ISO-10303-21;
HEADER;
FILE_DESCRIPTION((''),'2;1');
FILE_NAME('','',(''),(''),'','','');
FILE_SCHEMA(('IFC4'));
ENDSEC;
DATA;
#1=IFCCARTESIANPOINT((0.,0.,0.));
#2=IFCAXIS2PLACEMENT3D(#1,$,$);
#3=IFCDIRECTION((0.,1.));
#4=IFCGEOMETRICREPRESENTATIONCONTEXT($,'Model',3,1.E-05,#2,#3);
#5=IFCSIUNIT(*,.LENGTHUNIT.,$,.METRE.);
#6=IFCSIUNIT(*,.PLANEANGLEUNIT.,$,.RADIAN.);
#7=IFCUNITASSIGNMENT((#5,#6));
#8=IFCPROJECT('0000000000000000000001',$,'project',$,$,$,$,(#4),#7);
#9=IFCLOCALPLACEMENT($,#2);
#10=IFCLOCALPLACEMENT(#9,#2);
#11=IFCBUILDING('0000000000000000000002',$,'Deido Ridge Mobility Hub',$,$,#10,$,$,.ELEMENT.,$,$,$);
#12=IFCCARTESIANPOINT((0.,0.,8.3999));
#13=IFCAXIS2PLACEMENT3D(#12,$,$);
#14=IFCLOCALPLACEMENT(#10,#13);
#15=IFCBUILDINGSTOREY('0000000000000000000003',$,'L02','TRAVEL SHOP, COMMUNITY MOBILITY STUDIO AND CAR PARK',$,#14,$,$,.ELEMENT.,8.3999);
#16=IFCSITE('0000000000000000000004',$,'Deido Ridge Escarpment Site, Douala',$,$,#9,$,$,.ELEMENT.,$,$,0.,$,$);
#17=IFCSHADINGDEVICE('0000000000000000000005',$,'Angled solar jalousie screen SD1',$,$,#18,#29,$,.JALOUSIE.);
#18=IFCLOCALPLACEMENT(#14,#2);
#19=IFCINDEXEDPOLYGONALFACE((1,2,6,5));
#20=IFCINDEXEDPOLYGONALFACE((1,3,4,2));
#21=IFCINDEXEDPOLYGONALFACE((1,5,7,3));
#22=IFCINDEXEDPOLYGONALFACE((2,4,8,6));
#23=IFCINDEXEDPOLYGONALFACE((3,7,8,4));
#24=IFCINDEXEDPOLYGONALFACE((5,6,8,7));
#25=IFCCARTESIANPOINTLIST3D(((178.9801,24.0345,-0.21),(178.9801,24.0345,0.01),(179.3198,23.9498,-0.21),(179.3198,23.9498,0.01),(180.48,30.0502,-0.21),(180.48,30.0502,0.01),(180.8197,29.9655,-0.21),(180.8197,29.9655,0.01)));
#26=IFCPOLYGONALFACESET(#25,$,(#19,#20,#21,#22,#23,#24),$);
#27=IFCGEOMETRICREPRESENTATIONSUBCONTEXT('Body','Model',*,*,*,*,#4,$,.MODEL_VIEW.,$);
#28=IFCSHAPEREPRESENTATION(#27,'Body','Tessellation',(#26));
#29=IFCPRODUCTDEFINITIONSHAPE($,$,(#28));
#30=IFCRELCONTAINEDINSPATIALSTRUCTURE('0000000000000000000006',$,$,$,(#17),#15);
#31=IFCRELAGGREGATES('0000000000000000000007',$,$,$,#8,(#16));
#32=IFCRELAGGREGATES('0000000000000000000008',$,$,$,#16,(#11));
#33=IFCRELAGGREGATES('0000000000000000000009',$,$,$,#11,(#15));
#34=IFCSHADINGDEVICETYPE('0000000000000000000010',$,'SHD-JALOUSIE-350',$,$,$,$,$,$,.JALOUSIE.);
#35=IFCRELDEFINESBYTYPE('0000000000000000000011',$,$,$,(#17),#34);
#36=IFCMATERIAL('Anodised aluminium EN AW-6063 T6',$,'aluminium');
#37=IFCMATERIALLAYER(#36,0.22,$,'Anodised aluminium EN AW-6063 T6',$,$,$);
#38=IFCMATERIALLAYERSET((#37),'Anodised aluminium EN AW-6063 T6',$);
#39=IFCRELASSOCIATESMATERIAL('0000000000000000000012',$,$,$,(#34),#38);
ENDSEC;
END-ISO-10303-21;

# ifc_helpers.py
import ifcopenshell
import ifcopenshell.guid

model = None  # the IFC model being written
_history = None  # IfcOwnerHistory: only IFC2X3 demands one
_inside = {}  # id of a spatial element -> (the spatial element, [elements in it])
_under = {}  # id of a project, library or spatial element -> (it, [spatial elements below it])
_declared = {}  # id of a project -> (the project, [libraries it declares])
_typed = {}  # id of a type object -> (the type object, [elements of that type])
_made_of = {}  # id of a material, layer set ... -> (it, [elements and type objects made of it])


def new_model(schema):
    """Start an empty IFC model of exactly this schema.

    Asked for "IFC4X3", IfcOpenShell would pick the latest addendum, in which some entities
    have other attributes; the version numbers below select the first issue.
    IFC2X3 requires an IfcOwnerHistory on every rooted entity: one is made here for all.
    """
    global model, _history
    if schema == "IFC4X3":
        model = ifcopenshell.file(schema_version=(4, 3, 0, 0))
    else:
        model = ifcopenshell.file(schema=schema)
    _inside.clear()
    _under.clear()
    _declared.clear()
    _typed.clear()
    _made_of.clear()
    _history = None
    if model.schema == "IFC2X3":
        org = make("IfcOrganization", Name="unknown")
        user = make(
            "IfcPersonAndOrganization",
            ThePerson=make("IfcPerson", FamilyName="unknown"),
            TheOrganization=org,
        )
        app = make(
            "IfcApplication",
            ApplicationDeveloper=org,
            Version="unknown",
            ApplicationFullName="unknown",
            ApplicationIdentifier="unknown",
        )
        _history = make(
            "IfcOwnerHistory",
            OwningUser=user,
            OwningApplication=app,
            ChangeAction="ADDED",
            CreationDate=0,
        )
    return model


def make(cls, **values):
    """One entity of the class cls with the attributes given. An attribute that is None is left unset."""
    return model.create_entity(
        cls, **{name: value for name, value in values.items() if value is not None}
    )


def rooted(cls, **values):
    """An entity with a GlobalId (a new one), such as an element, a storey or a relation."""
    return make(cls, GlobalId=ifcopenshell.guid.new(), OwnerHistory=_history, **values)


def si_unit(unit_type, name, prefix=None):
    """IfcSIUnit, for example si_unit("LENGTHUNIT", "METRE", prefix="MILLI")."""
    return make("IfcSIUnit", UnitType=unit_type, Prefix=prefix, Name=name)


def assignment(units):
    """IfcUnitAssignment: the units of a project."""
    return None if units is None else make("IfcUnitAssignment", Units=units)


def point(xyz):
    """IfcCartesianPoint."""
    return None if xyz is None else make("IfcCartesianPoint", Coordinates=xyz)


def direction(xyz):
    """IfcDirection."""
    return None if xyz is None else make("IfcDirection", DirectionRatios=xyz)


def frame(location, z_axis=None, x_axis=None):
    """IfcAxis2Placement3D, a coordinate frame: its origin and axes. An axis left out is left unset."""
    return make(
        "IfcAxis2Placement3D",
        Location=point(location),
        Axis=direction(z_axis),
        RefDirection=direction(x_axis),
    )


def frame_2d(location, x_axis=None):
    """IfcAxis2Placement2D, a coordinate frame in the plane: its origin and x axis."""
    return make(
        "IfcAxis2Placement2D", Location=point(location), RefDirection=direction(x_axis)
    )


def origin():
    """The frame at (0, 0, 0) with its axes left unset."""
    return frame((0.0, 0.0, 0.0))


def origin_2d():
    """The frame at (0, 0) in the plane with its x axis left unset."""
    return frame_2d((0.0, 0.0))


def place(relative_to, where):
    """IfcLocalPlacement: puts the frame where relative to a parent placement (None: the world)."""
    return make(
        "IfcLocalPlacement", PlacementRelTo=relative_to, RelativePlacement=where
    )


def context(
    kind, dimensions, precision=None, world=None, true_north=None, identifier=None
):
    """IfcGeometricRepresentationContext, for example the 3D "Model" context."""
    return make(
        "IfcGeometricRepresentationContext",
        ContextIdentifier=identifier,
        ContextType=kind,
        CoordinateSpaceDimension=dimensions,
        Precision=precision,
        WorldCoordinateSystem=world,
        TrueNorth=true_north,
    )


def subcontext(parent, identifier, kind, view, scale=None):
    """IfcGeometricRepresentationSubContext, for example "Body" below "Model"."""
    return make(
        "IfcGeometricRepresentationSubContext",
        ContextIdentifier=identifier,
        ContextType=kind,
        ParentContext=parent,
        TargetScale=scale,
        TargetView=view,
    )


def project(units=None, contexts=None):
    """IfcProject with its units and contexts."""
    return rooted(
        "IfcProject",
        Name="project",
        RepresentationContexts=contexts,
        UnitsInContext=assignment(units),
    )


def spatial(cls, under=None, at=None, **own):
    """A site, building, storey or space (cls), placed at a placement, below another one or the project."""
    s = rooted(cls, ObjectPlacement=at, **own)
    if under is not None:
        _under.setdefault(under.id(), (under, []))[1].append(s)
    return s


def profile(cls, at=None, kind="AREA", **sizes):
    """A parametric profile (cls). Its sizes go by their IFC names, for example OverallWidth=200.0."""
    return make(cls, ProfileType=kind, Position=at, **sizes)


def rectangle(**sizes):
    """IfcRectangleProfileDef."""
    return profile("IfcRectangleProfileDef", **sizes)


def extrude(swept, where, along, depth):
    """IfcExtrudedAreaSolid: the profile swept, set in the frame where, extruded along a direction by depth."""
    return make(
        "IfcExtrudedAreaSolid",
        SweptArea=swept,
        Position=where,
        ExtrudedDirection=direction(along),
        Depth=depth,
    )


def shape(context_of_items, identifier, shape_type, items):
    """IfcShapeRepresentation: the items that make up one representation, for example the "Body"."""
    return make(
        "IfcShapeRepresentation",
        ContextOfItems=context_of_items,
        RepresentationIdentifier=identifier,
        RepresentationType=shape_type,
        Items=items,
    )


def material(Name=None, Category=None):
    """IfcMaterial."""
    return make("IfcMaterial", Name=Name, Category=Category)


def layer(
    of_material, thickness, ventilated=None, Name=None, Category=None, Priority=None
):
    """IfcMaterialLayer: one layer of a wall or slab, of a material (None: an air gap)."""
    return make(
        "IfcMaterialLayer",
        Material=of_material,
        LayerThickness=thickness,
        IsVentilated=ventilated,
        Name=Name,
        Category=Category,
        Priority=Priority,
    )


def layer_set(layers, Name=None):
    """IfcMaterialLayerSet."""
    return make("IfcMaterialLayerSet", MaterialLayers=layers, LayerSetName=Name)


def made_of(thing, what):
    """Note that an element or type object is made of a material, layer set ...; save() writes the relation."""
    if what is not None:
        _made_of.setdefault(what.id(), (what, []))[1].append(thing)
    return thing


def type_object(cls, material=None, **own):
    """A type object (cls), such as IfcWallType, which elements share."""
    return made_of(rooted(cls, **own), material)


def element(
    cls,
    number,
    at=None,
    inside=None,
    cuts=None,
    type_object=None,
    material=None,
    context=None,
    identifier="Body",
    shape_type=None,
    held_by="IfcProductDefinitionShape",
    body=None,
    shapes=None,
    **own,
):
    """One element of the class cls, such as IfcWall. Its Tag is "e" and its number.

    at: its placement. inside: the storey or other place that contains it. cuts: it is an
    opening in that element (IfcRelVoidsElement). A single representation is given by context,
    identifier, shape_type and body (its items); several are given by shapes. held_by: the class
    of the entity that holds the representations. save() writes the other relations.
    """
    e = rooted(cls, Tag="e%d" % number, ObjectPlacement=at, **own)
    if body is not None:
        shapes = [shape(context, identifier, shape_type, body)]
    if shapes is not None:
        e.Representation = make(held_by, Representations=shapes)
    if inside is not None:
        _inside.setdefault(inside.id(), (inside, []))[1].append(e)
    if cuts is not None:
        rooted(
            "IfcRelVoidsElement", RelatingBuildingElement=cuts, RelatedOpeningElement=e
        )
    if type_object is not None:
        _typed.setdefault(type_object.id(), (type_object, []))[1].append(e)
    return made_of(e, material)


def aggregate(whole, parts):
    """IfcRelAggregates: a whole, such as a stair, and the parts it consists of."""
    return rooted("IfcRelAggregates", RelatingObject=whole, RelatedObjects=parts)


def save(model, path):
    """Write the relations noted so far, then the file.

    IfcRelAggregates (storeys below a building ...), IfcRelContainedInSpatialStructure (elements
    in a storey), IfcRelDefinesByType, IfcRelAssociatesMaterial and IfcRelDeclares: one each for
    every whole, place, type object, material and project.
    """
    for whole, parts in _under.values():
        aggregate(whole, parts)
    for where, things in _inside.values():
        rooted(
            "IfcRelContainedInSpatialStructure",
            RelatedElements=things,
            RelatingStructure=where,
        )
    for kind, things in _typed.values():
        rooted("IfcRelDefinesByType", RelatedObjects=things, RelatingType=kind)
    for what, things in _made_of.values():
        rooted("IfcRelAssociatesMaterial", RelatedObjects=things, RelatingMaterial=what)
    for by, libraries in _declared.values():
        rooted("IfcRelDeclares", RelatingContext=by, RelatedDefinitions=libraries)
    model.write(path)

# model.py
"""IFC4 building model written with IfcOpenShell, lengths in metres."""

from ifc_helpers import new_model, si_unit, direction, frame, origin, origin_2d, place, context, subcontext, project, spatial, rectangle, extrude, material, layer, layer_set, type_object, element, save


model = new_model("IFC4")

# Units and contexts
model_context = context("Model", 3, precision=1e-05, world=origin(), true_north=direction((0.0, 1.0)))
body_context = subcontext(model_context, "Body", "Model", "MODEL_VIEW")
ifc_project = project(units=[si_unit("LENGTHUNIT", "METRE"), si_unit("PLANEANGLEUNIT", "RADIAN")], contexts=[model_context])

# Site, building, storey
site_placement = place(None, origin())
site = spatial("IfcSite", under=ifc_project, at=site_placement, Name="Deido Ridge Escarpment Site, Douala", CompositionType="ELEMENT", RefElevation=0.0)
building_placement = place(site_placement, origin())
building = spatial("IfcBuilding", under=site, at=building_placement, Name="Deido Ridge Mobility Hub", CompositionType="ELEMENT")
storey_placement = place(building_placement, frame((0.0, 0.0, 8.3999)))
storey = spatial("IfcBuildingStorey", under=building, at=storey_placement, Name="L02", Description="TRAVEL SHOP, COMMUNITY MOBILITY STUDIO AND CAR PARK", CompositionType="ELEMENT", Elevation=8.3999)

# Shared definitions
ifc_material_1 = material(Name="Anodised aluminium EN AW-6063 T6", Category="aluminium")

# Shading device
ifc_layer_1 = layer(ifc_material_1, 0.22, Name="Anodised aluminium EN AW-6063 T6")
ifc_layer_set_1 = layer_set([ifc_layer_1], Name="Anodised aluminium EN AW-6063 T6")
shading_device_type = type_object("IfcShadingDeviceType", Name="SHD-JALOUSIE-350", PredefinedType="JALOUSIE", material=ifc_layer_set_1)
shading_device_placement = place(storey_placement, frame((179.8999, 27.0, -0.21), z_axis=(0.0, 0.0, 1.0), x_axis=(0.241922, 0.970296, 0.0)))
element("IfcShadingDevice", 1, at=shading_device_placement, inside=storey, type_object=shading_device_type, Name="Angled solar jalousie screen SD1", PredefinedType="JALOUSIE", context=body_context, shape_type="SweptSolid", body=[
    extrude(rectangle(XDim=6.2, YDim=0.3501, at=origin_2d()), origin(), (0.0, 0.0, 1.0), 0.22),
])

save(model, "model.ifc")
